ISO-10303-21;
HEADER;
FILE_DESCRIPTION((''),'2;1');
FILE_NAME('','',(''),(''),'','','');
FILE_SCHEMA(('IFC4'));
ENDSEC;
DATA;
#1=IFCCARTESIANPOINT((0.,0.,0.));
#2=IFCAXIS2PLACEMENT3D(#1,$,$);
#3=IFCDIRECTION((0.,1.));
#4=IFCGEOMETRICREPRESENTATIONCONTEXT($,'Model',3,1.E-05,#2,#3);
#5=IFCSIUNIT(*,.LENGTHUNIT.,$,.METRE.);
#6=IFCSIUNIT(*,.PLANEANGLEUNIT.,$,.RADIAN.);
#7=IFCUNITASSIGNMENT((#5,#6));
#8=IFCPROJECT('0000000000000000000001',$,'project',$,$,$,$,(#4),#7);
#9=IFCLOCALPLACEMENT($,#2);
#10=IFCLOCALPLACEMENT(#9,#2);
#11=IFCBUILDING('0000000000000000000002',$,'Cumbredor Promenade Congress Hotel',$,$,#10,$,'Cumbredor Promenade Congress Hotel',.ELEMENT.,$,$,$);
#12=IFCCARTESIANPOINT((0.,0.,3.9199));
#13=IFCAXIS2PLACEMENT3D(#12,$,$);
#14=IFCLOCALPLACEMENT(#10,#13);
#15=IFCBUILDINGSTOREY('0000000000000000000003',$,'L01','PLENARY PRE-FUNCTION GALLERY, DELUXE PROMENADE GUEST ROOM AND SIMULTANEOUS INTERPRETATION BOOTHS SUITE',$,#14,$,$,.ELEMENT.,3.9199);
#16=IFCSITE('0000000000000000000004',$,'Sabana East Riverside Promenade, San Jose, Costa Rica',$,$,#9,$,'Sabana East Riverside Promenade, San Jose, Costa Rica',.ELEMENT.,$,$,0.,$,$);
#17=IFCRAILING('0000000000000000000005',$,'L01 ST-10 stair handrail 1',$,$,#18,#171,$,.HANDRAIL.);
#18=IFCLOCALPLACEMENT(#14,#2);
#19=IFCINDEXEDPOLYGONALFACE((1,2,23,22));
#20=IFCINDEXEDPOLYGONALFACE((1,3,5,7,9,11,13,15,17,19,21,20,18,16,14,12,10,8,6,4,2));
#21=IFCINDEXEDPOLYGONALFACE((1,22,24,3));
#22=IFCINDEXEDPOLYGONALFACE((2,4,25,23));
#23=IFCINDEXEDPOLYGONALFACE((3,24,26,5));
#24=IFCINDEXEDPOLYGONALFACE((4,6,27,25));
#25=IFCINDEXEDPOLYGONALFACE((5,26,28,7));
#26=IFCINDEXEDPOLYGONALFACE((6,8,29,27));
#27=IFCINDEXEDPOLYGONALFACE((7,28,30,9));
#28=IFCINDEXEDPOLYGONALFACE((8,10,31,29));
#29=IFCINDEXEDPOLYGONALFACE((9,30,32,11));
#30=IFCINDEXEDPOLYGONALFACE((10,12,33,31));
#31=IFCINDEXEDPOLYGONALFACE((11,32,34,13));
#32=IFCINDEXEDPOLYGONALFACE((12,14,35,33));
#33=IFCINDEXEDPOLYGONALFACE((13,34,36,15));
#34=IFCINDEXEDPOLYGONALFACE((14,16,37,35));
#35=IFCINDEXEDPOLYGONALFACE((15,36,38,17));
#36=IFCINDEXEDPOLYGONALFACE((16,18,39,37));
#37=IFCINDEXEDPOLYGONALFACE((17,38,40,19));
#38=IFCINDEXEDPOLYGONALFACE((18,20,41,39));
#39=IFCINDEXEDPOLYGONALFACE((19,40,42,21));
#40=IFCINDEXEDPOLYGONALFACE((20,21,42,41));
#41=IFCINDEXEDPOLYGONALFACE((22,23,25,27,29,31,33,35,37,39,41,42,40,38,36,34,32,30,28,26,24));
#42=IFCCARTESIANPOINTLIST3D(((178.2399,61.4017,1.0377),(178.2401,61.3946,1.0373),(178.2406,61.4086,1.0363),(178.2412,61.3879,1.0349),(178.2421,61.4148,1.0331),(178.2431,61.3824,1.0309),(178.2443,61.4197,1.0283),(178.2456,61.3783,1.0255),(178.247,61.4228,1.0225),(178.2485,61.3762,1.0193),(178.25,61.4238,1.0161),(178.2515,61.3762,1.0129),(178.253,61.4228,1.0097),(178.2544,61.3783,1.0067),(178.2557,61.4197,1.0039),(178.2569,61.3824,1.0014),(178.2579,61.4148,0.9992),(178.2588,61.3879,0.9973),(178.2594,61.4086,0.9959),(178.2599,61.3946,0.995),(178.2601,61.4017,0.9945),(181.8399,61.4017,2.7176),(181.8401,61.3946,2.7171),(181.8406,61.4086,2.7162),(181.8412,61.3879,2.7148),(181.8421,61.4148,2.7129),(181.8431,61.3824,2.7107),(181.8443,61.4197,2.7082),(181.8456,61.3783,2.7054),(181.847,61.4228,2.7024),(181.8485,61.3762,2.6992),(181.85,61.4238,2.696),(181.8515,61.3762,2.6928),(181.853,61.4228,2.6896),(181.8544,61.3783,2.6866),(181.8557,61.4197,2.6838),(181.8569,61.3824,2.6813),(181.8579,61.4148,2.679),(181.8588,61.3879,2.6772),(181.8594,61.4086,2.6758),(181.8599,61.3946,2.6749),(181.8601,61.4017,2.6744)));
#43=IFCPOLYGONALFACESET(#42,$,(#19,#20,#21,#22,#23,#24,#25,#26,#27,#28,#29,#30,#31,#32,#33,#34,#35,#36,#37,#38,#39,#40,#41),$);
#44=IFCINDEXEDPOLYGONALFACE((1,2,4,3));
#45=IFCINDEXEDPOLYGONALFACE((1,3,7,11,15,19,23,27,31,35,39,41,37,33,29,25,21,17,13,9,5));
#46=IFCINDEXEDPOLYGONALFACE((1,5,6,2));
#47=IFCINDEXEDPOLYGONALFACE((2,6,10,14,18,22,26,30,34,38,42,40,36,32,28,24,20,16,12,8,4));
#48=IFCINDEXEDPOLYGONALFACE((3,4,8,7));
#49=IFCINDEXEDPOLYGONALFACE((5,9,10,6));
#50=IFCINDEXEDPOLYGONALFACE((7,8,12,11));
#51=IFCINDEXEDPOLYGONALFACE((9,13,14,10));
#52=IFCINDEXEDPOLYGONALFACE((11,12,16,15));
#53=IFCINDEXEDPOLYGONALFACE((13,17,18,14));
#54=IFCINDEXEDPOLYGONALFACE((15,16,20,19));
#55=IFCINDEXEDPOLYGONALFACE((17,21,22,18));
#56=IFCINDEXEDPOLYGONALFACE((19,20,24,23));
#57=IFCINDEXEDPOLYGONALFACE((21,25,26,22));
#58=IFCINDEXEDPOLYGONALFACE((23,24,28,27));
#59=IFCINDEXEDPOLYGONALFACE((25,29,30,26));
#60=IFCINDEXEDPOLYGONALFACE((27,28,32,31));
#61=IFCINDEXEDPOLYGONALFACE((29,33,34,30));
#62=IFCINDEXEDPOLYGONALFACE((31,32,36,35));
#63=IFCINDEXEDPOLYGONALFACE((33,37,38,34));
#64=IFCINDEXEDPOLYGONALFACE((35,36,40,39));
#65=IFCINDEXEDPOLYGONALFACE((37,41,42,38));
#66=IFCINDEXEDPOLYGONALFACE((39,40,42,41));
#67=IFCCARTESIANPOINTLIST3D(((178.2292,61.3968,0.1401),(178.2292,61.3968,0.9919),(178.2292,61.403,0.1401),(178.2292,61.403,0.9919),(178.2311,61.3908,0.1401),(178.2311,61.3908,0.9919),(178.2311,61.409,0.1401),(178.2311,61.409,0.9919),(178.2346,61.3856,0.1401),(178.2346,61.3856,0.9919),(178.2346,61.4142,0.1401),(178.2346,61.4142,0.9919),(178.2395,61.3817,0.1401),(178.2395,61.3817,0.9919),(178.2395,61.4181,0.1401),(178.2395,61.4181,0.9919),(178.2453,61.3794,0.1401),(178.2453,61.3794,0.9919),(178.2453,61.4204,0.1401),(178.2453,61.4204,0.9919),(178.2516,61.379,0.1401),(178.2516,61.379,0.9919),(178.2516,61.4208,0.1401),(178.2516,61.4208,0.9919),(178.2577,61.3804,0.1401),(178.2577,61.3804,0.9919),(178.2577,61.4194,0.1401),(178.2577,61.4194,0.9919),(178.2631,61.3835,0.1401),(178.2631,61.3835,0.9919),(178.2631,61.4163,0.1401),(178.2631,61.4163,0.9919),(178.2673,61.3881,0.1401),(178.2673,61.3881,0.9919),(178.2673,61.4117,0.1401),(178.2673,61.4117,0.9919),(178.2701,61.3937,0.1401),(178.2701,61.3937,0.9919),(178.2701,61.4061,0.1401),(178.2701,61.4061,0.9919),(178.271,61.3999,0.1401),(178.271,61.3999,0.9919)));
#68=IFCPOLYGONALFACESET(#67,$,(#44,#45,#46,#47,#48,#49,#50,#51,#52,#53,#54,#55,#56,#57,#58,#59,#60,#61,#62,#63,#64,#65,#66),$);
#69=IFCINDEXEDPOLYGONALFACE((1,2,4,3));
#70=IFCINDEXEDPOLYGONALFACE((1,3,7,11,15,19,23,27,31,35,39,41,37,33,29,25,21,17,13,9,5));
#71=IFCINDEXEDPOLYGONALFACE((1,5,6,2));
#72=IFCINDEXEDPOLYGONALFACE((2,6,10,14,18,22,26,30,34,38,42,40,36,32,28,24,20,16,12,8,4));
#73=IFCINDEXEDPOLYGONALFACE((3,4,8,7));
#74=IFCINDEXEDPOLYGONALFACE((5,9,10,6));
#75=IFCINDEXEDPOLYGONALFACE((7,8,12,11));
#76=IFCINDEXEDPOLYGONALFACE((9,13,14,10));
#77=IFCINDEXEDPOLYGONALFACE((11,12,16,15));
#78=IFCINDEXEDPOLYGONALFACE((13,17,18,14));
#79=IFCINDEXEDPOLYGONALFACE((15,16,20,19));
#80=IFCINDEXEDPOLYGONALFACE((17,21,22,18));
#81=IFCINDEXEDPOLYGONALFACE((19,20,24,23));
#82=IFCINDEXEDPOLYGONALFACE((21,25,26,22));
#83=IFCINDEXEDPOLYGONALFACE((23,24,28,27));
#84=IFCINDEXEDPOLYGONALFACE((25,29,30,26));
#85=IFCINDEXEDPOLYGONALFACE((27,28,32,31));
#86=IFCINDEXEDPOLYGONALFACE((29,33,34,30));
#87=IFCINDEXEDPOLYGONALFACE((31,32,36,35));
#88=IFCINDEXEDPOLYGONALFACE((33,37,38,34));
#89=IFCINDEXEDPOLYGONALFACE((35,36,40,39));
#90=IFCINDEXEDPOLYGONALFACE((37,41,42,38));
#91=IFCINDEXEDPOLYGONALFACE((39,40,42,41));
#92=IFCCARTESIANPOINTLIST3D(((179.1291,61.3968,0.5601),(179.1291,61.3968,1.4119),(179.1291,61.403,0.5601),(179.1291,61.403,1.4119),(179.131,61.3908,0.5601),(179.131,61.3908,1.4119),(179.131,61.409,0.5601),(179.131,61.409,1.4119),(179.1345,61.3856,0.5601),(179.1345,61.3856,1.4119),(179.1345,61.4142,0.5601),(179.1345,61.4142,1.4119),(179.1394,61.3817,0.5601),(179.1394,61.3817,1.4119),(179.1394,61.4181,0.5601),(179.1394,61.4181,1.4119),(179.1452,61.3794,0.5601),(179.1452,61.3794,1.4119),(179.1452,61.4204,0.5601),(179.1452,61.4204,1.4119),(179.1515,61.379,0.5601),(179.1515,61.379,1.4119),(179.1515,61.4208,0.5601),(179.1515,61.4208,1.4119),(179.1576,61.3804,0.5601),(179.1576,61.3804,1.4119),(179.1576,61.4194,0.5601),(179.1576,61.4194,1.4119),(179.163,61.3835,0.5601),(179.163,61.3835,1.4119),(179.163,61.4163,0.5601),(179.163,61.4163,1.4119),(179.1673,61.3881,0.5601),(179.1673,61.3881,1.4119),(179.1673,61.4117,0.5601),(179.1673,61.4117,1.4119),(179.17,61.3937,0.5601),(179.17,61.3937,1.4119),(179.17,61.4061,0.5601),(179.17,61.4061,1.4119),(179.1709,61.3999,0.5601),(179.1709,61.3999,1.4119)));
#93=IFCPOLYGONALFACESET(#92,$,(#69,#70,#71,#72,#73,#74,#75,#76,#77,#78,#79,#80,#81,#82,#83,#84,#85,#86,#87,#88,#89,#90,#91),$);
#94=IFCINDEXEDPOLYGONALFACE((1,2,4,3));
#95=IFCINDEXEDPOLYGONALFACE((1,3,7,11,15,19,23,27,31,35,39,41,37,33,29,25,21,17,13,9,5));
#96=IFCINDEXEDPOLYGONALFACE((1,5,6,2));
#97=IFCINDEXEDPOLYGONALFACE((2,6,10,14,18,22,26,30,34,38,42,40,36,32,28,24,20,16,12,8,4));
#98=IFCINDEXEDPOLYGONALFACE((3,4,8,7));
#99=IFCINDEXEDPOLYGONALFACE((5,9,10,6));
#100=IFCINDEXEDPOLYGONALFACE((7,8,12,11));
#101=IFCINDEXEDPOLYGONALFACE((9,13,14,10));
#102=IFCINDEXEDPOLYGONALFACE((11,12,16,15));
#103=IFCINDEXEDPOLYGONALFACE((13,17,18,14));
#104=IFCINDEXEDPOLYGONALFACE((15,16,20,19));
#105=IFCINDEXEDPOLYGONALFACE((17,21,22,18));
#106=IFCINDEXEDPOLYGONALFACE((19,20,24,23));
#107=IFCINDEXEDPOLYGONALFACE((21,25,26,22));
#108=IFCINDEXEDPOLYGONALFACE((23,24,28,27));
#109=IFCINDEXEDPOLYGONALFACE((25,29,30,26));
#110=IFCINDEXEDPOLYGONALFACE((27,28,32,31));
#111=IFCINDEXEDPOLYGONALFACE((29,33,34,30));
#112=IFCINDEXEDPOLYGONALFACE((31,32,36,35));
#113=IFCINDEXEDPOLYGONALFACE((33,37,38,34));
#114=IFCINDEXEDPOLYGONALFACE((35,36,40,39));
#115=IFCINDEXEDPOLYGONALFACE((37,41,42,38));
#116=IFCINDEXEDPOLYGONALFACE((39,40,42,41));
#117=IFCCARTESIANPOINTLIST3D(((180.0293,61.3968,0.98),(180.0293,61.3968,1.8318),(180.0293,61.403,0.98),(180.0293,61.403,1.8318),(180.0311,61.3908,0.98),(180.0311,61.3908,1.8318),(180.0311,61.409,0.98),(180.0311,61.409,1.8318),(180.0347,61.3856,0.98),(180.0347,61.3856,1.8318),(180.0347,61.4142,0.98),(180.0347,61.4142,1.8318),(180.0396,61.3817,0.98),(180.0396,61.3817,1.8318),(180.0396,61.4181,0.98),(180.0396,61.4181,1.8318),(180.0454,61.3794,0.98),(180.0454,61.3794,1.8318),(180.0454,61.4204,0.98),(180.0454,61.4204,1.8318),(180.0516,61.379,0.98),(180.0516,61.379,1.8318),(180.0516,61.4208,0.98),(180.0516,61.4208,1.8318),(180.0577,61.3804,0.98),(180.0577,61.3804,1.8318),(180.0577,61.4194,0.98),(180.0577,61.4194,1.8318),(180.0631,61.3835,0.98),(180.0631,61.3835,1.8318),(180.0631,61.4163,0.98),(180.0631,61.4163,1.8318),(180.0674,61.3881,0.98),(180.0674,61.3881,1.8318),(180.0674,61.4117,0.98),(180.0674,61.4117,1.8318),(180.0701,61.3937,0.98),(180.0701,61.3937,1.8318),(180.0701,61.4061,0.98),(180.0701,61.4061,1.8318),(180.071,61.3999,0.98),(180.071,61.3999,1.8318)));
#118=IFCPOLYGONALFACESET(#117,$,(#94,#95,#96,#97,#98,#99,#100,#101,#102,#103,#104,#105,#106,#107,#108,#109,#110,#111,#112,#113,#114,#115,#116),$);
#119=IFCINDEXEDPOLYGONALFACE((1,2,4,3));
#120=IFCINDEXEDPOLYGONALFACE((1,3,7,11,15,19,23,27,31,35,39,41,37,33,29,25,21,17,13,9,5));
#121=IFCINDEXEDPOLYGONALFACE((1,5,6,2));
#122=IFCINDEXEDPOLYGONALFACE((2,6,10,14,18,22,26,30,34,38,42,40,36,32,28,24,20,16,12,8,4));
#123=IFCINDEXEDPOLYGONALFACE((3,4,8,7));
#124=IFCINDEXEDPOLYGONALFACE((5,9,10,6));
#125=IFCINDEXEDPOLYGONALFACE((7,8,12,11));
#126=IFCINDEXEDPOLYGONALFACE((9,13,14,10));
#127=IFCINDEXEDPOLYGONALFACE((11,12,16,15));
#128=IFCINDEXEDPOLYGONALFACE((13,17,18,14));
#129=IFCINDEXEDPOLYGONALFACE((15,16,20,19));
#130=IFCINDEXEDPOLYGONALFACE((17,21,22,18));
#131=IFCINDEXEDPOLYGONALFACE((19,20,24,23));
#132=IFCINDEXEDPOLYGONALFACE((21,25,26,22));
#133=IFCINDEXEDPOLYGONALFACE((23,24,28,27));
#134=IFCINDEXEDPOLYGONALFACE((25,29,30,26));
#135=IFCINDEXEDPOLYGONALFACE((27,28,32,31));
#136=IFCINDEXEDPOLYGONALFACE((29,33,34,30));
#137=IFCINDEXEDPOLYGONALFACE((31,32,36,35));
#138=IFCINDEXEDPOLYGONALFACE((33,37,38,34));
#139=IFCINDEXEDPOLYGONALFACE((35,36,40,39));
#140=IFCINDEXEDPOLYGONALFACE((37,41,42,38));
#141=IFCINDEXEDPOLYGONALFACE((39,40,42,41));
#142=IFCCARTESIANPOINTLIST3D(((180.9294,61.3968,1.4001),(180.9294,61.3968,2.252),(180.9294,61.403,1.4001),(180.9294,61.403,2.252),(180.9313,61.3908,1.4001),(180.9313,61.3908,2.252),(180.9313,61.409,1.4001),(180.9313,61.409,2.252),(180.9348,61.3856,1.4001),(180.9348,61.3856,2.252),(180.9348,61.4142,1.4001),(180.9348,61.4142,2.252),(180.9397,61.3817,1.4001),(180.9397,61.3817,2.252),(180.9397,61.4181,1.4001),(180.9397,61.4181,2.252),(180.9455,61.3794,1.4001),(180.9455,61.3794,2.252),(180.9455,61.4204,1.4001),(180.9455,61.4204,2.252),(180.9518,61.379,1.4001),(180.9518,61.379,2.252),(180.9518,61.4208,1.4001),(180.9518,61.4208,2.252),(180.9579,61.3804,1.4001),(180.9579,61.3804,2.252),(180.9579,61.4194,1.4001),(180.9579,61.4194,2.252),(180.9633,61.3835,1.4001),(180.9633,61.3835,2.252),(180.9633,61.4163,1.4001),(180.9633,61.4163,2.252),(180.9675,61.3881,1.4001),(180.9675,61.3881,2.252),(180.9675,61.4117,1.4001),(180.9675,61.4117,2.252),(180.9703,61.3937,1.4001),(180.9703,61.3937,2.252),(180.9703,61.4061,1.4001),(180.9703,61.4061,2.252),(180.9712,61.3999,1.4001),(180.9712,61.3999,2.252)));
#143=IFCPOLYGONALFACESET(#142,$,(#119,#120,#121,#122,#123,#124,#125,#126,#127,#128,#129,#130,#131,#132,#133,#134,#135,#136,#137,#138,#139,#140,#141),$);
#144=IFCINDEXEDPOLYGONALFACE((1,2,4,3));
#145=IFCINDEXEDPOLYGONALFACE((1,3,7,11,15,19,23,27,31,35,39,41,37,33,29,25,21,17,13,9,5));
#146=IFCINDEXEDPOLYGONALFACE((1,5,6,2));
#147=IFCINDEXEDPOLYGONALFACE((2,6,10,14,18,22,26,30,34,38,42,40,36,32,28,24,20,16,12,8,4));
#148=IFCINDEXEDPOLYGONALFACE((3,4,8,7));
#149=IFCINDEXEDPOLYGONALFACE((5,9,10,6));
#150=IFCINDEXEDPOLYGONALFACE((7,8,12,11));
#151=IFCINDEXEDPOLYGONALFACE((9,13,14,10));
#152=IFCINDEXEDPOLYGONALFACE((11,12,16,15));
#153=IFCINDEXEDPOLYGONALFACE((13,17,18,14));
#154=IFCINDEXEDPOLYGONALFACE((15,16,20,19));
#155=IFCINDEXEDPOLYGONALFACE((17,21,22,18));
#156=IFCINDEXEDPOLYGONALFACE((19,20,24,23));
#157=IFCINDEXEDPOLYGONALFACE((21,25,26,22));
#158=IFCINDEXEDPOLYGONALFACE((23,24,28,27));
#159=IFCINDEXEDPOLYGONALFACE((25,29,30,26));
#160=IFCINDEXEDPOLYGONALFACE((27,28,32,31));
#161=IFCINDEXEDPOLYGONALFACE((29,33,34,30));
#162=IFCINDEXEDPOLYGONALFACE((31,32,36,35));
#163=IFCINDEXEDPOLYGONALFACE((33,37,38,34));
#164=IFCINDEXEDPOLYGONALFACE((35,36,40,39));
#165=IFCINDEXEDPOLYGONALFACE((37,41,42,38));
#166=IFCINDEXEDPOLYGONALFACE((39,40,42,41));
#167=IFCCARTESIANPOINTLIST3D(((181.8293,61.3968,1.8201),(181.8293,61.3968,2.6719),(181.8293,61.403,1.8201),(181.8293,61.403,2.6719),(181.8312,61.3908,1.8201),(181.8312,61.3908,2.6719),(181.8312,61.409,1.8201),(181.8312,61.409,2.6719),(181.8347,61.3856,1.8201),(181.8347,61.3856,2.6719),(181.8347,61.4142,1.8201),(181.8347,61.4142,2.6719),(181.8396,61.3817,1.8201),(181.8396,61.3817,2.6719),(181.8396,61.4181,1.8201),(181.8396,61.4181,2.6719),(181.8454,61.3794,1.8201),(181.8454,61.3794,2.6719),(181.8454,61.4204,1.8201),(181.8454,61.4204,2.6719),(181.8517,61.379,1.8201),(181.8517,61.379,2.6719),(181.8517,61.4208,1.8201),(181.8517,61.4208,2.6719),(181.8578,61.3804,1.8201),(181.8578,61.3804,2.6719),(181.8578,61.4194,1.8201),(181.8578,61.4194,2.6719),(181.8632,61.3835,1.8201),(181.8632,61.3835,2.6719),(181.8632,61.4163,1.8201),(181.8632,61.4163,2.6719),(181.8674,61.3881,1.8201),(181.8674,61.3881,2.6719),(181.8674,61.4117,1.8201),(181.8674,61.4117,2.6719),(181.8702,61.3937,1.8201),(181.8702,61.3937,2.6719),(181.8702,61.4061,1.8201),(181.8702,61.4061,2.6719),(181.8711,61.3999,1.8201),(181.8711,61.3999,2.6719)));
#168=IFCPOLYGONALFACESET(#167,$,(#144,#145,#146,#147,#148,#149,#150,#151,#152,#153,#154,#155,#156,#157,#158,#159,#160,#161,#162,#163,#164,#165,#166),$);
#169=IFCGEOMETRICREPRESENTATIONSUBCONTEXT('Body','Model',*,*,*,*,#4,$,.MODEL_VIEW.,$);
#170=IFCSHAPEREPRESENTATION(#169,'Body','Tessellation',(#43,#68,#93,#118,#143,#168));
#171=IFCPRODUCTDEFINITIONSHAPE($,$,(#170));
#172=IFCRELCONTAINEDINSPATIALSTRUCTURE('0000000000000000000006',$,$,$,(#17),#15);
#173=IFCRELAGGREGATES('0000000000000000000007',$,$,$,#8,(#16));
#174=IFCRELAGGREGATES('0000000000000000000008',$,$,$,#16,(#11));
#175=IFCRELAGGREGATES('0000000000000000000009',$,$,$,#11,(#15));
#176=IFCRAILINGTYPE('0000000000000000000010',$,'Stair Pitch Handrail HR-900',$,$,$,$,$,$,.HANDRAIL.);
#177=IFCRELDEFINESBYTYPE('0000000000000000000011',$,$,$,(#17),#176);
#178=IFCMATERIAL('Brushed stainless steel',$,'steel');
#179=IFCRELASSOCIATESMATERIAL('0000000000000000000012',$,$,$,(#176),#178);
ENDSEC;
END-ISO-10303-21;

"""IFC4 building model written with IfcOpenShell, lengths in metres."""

from ifc_helpers import new_model, si_unit, direction, frame, origin, origin_2d, place, context, subcontext, project, spatial, circle, extrude, material, type_object, element, save


model = new_model("IFC4")

# Units and contexts
model_context = context("Model", 3, precision=1e-05, world=origin(), true_north=direction((0.0, 1.0)))
body_context = subcontext(model_context, "Body", "Model", "MODEL_VIEW")
ifc_project = project(units=[si_unit("LENGTHUNIT", "METRE"), si_unit("PLANEANGLEUNIT", "RADIAN")], contexts=[model_context])

# Site, building, storey
site_placement = place(None, origin())
site = spatial("IfcSite", under=ifc_project, at=site_placement, Name="Sabana East Riverside Promenade, San Jose, Costa Rica", LongName="Sabana East Riverside Promenade, San Jose, Costa Rica", CompositionType="ELEMENT", RefElevation=0.0)
building_placement = place(site_placement, origin())
building = spatial("IfcBuilding", under=site, at=building_placement, Name="Cumbredor Promenade Congress Hotel", LongName="Cumbredor Promenade Congress Hotel", CompositionType="ELEMENT")
storey_placement = place(building_placement, frame((0.0, 0.0, 3.9199)))
storey = spatial("IfcBuildingStorey", under=building, at=storey_placement, Name="L01", Description="PLENARY PRE-FUNCTION GALLERY, DELUXE PROMENADE GUEST ROOM AND SIMULTANEOUS INTERPRETATION BOOTHS SUITE", CompositionType="ELEMENT", Elevation=3.9199)

# Railing
ifc_material_1 = material(Name="Brushed stainless steel", Category="steel")
railing_type_1 = type_object("IfcRailingType", Name="Stair Pitch Handrail HR-900", PredefinedType="HANDRAIL", material=ifc_material_1)
railing_1_placement = place(storey_placement, frame((178.25, 61.3999, 0.1401)))
element("IfcRailing", 1, at=railing_1_placement, inside=storey, type_object=railing_type_1, Name="L01 ST-10 stair handrail 1", PredefinedType="HANDRAIL", context=body_context, shape_type="SweptSolid", body=[
    extrude(circle(Radius=0.0239, at=origin_2d()), frame((0.0, 0.0, 0.876), z_axis=(0.906194, 0.0, 0.422862), x_axis=(0.0, 1.0, 0.0)), (0.0, 0.0, 1.0), 3.9727),
    extrude(circle(Radius=0.021, at=origin_2d()), origin(), (0.0, 0.0, 1.0), 0.8518),
    extrude(circle(Radius=0.021, at=origin_2d()), frame((0.8999, 0.0, 0.4199)), (0.0, 0.0, 1.0), 0.8518),
    extrude(circle(Radius=0.021, at=origin_2d()), frame((1.8, 0.0, 0.8398)), (0.0, 0.0, 1.0), 0.8518),
    extrude(circle(Radius=0.021, at=origin_2d()), frame((2.7002, 0.0, 1.26)), (0.0, 0.0, 1.0), 0.8518),
    extrude(circle(Radius=0.021, at=origin_2d()), frame((3.6001, 0.0, 1.6799)), (0.0, 0.0, 1.0), 0.8518),
])

save(model, "model.ifc")
